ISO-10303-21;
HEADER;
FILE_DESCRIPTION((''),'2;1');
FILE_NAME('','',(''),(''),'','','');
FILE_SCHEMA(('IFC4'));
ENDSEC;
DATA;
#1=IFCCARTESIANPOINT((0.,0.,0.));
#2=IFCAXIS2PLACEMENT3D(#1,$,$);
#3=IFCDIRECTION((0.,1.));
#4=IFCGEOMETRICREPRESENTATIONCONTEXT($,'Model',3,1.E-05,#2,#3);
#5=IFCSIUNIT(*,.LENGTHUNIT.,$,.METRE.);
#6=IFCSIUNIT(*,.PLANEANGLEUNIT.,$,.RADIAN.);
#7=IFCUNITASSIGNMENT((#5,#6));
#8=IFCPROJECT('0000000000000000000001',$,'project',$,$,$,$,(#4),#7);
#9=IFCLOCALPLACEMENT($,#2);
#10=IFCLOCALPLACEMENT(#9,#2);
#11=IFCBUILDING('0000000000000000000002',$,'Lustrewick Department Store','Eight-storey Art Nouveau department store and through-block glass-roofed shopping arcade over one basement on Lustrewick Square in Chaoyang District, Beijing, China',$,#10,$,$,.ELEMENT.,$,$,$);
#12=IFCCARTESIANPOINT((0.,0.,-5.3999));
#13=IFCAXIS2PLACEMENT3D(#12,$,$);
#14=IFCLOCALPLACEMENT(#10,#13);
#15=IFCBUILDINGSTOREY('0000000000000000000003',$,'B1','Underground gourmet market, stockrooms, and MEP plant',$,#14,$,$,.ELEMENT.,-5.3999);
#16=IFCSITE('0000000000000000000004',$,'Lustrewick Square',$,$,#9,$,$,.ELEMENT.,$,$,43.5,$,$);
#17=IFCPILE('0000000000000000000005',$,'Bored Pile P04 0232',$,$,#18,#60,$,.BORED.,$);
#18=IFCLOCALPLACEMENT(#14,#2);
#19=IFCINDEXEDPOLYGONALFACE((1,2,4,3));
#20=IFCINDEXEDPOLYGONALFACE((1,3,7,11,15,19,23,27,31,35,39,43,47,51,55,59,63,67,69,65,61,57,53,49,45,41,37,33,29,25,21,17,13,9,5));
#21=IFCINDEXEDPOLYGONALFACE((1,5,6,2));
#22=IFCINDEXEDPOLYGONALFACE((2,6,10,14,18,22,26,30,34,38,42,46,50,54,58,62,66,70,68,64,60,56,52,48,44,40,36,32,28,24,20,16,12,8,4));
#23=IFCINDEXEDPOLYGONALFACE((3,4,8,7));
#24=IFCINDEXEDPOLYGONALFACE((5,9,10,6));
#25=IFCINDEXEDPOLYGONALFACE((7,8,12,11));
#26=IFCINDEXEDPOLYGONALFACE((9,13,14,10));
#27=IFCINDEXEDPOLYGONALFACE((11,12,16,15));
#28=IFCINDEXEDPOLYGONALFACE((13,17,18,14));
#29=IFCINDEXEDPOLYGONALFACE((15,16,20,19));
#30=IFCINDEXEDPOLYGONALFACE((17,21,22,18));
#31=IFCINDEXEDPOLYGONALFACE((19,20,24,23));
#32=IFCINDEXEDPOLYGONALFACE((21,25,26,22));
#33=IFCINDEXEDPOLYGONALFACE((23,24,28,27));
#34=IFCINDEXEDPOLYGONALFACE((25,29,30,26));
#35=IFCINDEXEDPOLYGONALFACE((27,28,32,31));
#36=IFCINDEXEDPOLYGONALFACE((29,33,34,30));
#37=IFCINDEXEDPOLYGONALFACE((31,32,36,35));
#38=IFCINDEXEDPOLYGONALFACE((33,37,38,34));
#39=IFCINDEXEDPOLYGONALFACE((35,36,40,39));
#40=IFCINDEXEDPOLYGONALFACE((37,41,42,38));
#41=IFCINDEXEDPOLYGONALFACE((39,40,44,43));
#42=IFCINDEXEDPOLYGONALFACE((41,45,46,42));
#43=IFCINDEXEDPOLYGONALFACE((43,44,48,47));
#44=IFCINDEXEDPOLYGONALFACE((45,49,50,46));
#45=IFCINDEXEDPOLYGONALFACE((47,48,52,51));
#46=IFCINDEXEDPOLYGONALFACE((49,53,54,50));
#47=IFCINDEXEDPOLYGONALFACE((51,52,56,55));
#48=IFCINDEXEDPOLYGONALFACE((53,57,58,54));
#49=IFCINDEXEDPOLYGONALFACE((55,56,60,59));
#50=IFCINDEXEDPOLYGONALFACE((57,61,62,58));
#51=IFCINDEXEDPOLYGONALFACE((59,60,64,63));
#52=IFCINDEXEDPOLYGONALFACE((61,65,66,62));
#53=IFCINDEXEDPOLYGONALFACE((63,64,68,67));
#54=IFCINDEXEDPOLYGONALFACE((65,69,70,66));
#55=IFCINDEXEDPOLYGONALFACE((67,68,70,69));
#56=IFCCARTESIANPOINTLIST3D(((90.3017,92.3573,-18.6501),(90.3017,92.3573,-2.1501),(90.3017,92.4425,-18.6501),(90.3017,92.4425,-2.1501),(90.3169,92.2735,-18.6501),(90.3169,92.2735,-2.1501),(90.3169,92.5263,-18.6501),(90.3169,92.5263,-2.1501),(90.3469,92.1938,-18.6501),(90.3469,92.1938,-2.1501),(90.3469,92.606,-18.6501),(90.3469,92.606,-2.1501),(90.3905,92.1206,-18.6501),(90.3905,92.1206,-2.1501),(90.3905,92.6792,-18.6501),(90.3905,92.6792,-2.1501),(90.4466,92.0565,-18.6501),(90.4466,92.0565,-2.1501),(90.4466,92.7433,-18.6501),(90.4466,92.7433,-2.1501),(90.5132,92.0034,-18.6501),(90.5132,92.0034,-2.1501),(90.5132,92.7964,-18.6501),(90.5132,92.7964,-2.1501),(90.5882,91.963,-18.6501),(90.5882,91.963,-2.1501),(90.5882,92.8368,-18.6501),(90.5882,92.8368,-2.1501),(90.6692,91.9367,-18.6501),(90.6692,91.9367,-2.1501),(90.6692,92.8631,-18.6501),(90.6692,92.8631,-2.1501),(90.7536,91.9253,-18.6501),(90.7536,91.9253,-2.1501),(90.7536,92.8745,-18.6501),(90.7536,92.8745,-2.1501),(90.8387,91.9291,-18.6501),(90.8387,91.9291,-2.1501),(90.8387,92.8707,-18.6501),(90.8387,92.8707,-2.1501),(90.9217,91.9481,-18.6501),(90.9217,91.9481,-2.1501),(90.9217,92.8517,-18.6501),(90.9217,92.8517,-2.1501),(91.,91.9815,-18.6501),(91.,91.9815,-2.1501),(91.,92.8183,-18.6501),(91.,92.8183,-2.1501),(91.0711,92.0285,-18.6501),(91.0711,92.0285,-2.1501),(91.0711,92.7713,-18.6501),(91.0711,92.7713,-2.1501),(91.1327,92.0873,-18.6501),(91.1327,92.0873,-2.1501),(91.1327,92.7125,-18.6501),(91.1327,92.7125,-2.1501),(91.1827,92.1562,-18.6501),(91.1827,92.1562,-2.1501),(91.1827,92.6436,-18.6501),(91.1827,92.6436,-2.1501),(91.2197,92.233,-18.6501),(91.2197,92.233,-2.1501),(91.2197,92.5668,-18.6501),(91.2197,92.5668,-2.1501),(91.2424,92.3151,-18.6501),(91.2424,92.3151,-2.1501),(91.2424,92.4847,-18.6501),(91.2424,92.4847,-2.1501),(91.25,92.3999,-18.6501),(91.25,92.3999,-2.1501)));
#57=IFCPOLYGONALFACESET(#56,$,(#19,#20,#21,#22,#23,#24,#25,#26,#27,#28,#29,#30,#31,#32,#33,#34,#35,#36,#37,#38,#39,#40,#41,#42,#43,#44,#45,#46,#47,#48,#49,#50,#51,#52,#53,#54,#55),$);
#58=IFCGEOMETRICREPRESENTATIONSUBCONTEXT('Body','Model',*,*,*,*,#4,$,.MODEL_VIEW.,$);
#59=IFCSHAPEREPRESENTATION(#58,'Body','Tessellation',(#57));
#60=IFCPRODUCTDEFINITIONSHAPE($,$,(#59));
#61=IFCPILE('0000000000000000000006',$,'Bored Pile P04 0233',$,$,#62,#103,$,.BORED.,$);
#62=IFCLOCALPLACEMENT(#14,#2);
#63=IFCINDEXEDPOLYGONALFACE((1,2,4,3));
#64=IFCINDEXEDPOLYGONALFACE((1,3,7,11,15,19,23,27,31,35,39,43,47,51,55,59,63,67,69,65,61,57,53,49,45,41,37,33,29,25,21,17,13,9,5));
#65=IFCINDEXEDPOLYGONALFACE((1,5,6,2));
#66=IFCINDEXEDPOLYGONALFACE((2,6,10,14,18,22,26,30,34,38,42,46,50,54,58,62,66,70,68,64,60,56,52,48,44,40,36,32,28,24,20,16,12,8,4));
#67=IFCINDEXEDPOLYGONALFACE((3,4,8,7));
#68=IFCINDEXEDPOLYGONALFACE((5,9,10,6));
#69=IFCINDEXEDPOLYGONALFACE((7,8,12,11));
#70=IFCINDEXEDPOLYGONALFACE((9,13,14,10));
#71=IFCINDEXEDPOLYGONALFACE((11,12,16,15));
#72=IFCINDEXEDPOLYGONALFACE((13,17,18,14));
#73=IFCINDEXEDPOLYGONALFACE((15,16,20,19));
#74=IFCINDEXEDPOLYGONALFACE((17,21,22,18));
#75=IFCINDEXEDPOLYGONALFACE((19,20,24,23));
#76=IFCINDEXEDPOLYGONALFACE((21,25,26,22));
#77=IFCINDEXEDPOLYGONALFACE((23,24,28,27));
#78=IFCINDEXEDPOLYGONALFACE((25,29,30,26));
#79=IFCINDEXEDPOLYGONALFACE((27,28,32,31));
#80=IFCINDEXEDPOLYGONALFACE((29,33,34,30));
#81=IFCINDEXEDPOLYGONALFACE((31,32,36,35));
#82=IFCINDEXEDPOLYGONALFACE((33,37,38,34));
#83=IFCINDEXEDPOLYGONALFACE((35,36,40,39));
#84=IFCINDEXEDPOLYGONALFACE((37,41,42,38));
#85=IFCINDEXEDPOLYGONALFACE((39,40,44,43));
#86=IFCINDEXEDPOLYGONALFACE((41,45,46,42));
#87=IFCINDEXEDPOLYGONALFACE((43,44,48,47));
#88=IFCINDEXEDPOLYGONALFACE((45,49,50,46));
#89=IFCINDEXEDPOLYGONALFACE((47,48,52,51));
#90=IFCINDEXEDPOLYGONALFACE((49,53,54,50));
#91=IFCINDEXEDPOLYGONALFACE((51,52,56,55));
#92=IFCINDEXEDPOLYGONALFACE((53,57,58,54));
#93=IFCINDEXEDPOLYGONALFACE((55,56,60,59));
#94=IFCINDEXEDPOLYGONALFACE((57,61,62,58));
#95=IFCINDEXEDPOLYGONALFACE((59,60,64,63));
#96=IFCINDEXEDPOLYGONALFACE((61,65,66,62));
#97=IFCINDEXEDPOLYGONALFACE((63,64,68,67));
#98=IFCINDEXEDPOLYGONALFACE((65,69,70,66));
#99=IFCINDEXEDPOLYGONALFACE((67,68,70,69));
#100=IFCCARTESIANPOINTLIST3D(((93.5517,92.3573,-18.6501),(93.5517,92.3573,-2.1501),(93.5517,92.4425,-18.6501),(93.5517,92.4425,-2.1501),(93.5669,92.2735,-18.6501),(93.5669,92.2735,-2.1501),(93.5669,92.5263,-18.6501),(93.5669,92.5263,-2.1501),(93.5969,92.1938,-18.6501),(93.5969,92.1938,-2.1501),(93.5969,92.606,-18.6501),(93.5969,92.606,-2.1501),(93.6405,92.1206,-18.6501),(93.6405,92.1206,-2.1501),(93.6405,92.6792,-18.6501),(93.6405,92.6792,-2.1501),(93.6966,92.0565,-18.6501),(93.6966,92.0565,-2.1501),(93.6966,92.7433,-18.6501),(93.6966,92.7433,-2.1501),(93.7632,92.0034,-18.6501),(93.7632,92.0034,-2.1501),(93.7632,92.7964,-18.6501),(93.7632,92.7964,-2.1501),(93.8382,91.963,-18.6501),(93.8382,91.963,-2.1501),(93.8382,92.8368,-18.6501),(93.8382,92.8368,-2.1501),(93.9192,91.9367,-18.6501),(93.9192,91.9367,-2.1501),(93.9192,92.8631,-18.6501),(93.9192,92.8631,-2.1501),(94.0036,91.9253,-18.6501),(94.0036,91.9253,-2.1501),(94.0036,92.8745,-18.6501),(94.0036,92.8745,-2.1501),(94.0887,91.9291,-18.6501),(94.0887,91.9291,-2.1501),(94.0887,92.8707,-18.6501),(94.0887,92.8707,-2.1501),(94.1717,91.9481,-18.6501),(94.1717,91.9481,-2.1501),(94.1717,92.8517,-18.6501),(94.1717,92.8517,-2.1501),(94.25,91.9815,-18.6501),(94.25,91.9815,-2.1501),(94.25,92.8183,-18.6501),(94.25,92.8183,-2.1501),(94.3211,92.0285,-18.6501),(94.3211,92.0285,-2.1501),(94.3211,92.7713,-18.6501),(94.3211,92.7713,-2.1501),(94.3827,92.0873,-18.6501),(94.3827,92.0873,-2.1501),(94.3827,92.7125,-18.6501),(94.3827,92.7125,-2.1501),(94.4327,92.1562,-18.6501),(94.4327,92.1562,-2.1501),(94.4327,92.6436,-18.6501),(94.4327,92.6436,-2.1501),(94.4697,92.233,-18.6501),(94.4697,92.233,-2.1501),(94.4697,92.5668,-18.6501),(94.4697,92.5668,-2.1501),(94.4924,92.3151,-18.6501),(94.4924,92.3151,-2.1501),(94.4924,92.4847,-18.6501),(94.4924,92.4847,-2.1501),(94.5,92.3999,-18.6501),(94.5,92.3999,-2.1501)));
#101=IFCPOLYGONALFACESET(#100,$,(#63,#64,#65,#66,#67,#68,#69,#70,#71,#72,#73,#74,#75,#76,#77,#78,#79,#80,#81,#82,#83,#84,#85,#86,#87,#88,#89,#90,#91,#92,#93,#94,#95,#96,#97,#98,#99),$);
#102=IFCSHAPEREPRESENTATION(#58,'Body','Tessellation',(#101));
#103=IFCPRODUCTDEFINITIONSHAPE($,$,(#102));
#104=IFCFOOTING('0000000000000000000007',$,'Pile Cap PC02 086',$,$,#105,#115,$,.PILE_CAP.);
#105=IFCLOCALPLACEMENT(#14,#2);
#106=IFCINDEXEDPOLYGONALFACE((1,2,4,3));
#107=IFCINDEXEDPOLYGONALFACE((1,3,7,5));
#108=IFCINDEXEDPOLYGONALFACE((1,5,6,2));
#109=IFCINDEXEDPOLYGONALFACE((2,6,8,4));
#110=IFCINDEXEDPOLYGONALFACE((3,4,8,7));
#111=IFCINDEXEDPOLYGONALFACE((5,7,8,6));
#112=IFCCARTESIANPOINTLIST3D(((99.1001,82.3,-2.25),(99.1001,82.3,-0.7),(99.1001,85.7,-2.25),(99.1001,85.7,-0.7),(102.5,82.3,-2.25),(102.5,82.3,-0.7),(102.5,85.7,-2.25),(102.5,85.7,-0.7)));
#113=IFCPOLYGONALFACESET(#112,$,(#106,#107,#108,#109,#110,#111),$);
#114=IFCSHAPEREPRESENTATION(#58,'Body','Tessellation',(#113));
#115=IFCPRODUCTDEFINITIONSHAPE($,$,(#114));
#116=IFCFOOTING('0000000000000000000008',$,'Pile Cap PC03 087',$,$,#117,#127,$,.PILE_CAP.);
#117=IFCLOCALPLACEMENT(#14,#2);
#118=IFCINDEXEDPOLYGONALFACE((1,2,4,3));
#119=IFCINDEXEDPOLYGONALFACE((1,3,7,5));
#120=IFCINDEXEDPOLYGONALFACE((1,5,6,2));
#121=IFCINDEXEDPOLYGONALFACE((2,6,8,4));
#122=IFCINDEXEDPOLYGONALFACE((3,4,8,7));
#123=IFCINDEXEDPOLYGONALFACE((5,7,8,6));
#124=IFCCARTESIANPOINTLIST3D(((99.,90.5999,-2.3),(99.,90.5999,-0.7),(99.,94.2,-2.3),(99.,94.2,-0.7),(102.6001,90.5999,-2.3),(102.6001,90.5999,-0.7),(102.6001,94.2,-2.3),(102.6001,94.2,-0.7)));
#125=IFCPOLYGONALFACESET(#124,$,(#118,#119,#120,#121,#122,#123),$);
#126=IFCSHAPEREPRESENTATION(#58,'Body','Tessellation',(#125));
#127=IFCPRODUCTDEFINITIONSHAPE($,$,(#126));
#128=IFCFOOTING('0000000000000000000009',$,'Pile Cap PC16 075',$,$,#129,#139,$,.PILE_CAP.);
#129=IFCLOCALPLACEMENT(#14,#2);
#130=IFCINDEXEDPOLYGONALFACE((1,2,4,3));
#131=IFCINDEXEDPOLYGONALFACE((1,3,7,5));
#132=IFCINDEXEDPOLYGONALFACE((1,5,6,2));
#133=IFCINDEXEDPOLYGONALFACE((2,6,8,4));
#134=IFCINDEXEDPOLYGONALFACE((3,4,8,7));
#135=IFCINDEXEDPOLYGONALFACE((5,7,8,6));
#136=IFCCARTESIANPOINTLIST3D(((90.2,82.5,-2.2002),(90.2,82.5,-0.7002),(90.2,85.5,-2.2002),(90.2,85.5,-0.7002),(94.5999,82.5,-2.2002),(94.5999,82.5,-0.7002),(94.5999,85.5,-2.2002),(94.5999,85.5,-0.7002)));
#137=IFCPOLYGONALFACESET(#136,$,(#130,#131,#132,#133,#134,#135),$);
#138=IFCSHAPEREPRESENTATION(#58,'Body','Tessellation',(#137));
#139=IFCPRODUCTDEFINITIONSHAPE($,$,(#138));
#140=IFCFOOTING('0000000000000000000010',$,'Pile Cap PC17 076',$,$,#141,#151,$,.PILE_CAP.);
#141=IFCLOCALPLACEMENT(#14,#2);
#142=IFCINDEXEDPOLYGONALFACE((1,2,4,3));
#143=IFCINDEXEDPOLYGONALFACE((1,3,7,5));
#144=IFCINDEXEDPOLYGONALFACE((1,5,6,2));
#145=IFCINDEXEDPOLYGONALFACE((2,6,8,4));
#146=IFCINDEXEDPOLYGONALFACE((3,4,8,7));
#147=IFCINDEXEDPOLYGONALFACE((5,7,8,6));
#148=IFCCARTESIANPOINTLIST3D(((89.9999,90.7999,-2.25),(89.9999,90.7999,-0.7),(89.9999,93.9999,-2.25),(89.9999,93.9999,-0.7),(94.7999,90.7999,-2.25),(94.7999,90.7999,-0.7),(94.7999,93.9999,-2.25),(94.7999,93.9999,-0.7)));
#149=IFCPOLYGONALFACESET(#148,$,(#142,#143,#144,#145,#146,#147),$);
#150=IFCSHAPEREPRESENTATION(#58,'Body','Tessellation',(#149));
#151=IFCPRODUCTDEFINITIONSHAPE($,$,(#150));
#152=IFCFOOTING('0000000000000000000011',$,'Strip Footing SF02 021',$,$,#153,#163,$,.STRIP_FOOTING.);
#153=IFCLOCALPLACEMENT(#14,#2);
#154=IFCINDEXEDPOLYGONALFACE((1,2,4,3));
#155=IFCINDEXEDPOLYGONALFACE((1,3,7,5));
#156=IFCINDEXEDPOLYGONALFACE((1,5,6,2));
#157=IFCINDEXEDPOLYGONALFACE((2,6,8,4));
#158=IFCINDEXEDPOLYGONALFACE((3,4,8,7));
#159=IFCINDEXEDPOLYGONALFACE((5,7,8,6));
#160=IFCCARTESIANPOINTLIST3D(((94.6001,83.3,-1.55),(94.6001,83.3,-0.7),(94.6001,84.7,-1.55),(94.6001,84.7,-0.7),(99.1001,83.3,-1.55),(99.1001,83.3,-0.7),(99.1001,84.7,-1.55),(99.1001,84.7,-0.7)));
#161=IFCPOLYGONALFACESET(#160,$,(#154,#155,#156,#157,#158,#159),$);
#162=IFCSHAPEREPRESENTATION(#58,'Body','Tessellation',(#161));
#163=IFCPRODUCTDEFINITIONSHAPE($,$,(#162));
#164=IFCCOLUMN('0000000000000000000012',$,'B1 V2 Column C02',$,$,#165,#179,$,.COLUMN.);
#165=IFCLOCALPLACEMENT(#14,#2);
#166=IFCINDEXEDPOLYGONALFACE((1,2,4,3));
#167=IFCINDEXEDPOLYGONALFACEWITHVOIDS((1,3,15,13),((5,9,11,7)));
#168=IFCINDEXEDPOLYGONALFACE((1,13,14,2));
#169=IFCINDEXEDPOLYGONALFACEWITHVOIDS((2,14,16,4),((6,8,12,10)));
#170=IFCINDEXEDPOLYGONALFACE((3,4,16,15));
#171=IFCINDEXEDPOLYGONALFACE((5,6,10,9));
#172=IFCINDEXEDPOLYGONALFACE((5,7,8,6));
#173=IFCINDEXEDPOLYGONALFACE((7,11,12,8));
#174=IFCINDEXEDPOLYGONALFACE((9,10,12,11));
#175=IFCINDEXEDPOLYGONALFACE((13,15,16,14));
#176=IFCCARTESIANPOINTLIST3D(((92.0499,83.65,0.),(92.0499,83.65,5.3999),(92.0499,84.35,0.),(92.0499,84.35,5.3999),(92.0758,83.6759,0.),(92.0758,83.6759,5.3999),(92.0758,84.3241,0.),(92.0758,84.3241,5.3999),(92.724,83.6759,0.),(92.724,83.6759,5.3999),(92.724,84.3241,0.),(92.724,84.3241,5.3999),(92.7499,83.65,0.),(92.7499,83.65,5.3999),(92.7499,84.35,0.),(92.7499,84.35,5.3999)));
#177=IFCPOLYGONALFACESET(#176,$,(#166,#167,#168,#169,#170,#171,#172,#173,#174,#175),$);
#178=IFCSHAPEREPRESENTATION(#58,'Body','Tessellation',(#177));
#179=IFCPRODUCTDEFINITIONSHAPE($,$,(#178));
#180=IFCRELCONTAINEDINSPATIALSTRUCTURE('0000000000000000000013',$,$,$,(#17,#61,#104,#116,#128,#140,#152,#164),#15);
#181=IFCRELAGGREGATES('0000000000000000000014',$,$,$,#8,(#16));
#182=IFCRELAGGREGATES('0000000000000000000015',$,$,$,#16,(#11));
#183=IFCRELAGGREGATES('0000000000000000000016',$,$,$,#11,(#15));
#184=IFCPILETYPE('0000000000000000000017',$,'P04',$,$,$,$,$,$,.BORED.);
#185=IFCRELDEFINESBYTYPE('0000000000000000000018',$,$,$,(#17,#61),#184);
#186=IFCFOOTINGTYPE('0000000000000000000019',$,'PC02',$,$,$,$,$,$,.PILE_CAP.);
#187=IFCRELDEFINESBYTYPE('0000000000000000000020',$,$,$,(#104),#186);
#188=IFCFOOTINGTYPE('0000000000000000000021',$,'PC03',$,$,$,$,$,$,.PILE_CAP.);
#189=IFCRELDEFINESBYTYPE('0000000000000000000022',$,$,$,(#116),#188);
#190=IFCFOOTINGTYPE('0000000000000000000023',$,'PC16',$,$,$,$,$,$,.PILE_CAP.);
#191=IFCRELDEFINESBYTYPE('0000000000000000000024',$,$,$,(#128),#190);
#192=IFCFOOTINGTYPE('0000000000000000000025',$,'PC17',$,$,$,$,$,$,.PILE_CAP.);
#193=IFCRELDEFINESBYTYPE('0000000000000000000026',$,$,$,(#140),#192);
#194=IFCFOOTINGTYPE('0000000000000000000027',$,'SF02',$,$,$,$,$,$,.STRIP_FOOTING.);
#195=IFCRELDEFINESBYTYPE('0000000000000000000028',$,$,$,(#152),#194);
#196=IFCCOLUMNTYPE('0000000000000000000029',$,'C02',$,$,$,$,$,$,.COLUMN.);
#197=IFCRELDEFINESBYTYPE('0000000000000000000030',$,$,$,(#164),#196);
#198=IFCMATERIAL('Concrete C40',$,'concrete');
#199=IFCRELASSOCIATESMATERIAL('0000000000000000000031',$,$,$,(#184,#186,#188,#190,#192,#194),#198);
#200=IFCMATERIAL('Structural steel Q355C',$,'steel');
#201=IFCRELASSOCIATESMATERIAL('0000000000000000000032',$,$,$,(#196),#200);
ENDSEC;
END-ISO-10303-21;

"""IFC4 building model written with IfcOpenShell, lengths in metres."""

from ifc_helpers import new_model, si_unit, direction, frame, origin, origin_2d, place, context, subcontext, project, spatial, rectangle, hollow_rectangle, circle, extrude, material, material_profile, profile_set, type_object, element, save


model = new_model("IFC4")

# Units and contexts
model_context = context("Model", 3, precision=1e-05, world=origin(), true_north=direction((0.0, 1.0)))
body_context = subcontext(model_context, "Body", "Model", "MODEL_VIEW")
ifc_project = project(units=[si_unit("LENGTHUNIT", "METRE"), si_unit("PLANEANGLEUNIT", "RADIAN")], contexts=[model_context])

# Site, building, storey
site_placement = place(None, origin())
site = spatial("IfcSite", under=ifc_project, at=site_placement, Name="Lustrewick Square", CompositionType="ELEMENT", RefElevation=43.5)
building_placement = place(site_placement, origin())
building = spatial("IfcBuilding", under=site, at=building_placement, Name="Lustrewick Department Store", Description="Eight-storey Art Nouveau department store and through-block glass-roofed shopping arcade over one basement on Lustrewick Square in Chaoyang District, Beijing, China", CompositionType="ELEMENT")
storey_placement = place(building_placement, frame((0.0, 0.0, -5.3999)))
storey = spatial("IfcBuildingStorey", under=building, at=storey_placement, Name="B1", Description="Underground gourmet market, stockrooms, and MEP plant", CompositionType="ELEMENT", Elevation=-5.3999)

# Piles
ifc_material_1 = material(Name="Concrete C40", Category="concrete")
ifc_material_profile_1 = material_profile(ifc_material_1, circle(Radius=0.4751, at=origin_2d()), Name="PILE D950")
ifc_profile_set_1 = profile_set([ifc_material_profile_1], Name="Concrete C40")
pile_type_1 = type_object("IfcPileType", Name="P04", PredefinedType="BORED", material=ifc_profile_set_1)
for number, where, z_axis, x_axis, name in (
    (1, (90.7749, 92.3999, -2.1501), (0.0, 0.0, -1.0), (1.0, 0.0, 0.0), "Bored Pile P04 0232"),
    (2, (94.0249, 92.3999, -2.1501), (0.0, 0.0, -1.0), (1.0, 0.0, 0.0), "Bored Pile P04 0233"),
):
    element("IfcPile", number, at=place(storey_placement, frame(where, z_axis=z_axis, x_axis=x_axis)), inside=storey, type_object=pile_type_1, Name=name, PredefinedType="BORED", context=body_context, shape_type="SweptSolid", body=[
        extrude(circle(Radius=0.4751, at=origin_2d()), origin(), (0.0, 0.0, 1.0), 16.5),
    ])

# Footings
footing_type_1 = type_object("IfcFootingType", Name="PC02", PredefinedType="PILE_CAP", material=ifc_material_1)
footing_1_placement = place(storey_placement, frame((100.8, 84.0, -2.25), z_axis=(0.0, 0.0, 1.0), x_axis=(1.0, 0.0, 0.0)))
element("IfcFooting", 3, at=footing_1_placement, inside=storey, type_object=footing_type_1, Name="Pile Cap PC02 086", PredefinedType="PILE_CAP", context=body_context, shape_type="SweptSolid", body=[
    extrude(rectangle(XDim=3.3999, YDim=3.3999, at=origin_2d()), origin(), (0.0, 0.0, 1.0), 1.55),
])
footing_type_2 = type_object("IfcFootingType", Name="PC03", PredefinedType="PILE_CAP", material=ifc_material_1)
footing_2_placement = place(storey_placement, frame((100.8, 92.3999, -2.3), z_axis=(0.0, 0.0, 1.0), x_axis=(1.0, 0.0, 0.0)))
element("IfcFooting", 4, at=footing_2_placement, inside=storey, type_object=footing_type_2, Name="Pile Cap PC03 087", PredefinedType="PILE_CAP", context=body_context, shape_type="SweptSolid", body=[
    extrude(rectangle(XDim=3.6001, YDim=3.6001, at=origin_2d()), origin(), (0.0, 0.0, 1.0), 1.6001),
])
footing_type_3 = type_object("IfcFootingType", Name="PC16", PredefinedType="PILE_CAP", material=ifc_material_1)
footing_3_placement = place(storey_placement, frame((92.3999, 84.0, -2.2002), z_axis=(0.0, 0.0, 1.0), x_axis=(1.0, 0.0, 0.0)))
element("IfcFooting", 5, at=footing_3_placement, inside=storey, type_object=footing_type_3, Name="Pile Cap PC16 075", PredefinedType="PILE_CAP", context=body_context, shape_type="SweptSolid", body=[
    extrude(rectangle(XDim=4.3999, YDim=3.0, at=origin_2d()), origin(), (0.0, 0.0, 1.0), 1.5),
])
footing_type_4 = type_object("IfcFootingType", Name="PC17", PredefinedType="PILE_CAP", material=ifc_material_1)
footing_4_placement = place(storey_placement, frame((92.3999, 92.3999, -2.25), z_axis=(0.0, 0.0, 1.0), x_axis=(1.0, 0.0, 0.0)))
element("IfcFooting", 6, at=footing_4_placement, inside=storey, type_object=footing_type_4, Name="Pile Cap PC17 076", PredefinedType="PILE_CAP", context=body_context, shape_type="SweptSolid", body=[
    extrude(rectangle(XDim=4.8, YDim=3.2, at=origin_2d()), origin(), (0.0, 0.0, 1.0), 1.55),
])
footing_type_5 = type_object("IfcFootingType", Name="SF02", PredefinedType="STRIP_FOOTING", material=ifc_material_1)
footing_5_placement = place(storey_placement, frame((96.8501, 84.0, -1.55), z_axis=(0.0, 0.0, 1.0), x_axis=(1.0, 0.0, 0.0)))
element("IfcFooting", 7, at=footing_5_placement, inside=storey, type_object=footing_type_5, Name="Strip Footing SF02 021", PredefinedType="STRIP_FOOTING", context=body_context, shape_type="SweptSolid", body=[
    extrude(rectangle(XDim=4.5, YDim=1.3999, at=origin_2d()), origin(), (0.0, 0.0, 1.0), 0.8501),
])

# Column
ifc_material_2 = material(Name="Structural steel Q355C", Category="steel")
ifc_material_profile_2 = material_profile(ifc_material_2, hollow_rectangle(XDim=0.7, YDim=0.7, WallThickness=0.0259, at=origin_2d()), Name="BOX 700x700x26")
ifc_profile_set_2 = profile_set([ifc_material_profile_2], Name="Structural steel Q355C")
column_type_1 = type_object("IfcColumnType", Name="C02", PredefinedType="COLUMN", material=ifc_profile_set_2)
column_1_placement = place(storey_placement, frame((92.3999, 84.0, 0.0), z_axis=(0.0, 0.0, 1.0), x_axis=(1.0, 0.0, 0.0)))
element("IfcColumn", 8, at=column_1_placement, inside=storey, type_object=column_type_1, Name="B1 V2 Column C02", PredefinedType="COLUMN", context=body_context, shape_type="SweptSolid", body=[
    extrude(hollow_rectangle(XDim=0.7, YDim=0.7, WallThickness=0.0259, at=origin_2d()), origin(), (0.0, 0.0, 1.0), 5.3999),
])

save(model, "model.ifc")
